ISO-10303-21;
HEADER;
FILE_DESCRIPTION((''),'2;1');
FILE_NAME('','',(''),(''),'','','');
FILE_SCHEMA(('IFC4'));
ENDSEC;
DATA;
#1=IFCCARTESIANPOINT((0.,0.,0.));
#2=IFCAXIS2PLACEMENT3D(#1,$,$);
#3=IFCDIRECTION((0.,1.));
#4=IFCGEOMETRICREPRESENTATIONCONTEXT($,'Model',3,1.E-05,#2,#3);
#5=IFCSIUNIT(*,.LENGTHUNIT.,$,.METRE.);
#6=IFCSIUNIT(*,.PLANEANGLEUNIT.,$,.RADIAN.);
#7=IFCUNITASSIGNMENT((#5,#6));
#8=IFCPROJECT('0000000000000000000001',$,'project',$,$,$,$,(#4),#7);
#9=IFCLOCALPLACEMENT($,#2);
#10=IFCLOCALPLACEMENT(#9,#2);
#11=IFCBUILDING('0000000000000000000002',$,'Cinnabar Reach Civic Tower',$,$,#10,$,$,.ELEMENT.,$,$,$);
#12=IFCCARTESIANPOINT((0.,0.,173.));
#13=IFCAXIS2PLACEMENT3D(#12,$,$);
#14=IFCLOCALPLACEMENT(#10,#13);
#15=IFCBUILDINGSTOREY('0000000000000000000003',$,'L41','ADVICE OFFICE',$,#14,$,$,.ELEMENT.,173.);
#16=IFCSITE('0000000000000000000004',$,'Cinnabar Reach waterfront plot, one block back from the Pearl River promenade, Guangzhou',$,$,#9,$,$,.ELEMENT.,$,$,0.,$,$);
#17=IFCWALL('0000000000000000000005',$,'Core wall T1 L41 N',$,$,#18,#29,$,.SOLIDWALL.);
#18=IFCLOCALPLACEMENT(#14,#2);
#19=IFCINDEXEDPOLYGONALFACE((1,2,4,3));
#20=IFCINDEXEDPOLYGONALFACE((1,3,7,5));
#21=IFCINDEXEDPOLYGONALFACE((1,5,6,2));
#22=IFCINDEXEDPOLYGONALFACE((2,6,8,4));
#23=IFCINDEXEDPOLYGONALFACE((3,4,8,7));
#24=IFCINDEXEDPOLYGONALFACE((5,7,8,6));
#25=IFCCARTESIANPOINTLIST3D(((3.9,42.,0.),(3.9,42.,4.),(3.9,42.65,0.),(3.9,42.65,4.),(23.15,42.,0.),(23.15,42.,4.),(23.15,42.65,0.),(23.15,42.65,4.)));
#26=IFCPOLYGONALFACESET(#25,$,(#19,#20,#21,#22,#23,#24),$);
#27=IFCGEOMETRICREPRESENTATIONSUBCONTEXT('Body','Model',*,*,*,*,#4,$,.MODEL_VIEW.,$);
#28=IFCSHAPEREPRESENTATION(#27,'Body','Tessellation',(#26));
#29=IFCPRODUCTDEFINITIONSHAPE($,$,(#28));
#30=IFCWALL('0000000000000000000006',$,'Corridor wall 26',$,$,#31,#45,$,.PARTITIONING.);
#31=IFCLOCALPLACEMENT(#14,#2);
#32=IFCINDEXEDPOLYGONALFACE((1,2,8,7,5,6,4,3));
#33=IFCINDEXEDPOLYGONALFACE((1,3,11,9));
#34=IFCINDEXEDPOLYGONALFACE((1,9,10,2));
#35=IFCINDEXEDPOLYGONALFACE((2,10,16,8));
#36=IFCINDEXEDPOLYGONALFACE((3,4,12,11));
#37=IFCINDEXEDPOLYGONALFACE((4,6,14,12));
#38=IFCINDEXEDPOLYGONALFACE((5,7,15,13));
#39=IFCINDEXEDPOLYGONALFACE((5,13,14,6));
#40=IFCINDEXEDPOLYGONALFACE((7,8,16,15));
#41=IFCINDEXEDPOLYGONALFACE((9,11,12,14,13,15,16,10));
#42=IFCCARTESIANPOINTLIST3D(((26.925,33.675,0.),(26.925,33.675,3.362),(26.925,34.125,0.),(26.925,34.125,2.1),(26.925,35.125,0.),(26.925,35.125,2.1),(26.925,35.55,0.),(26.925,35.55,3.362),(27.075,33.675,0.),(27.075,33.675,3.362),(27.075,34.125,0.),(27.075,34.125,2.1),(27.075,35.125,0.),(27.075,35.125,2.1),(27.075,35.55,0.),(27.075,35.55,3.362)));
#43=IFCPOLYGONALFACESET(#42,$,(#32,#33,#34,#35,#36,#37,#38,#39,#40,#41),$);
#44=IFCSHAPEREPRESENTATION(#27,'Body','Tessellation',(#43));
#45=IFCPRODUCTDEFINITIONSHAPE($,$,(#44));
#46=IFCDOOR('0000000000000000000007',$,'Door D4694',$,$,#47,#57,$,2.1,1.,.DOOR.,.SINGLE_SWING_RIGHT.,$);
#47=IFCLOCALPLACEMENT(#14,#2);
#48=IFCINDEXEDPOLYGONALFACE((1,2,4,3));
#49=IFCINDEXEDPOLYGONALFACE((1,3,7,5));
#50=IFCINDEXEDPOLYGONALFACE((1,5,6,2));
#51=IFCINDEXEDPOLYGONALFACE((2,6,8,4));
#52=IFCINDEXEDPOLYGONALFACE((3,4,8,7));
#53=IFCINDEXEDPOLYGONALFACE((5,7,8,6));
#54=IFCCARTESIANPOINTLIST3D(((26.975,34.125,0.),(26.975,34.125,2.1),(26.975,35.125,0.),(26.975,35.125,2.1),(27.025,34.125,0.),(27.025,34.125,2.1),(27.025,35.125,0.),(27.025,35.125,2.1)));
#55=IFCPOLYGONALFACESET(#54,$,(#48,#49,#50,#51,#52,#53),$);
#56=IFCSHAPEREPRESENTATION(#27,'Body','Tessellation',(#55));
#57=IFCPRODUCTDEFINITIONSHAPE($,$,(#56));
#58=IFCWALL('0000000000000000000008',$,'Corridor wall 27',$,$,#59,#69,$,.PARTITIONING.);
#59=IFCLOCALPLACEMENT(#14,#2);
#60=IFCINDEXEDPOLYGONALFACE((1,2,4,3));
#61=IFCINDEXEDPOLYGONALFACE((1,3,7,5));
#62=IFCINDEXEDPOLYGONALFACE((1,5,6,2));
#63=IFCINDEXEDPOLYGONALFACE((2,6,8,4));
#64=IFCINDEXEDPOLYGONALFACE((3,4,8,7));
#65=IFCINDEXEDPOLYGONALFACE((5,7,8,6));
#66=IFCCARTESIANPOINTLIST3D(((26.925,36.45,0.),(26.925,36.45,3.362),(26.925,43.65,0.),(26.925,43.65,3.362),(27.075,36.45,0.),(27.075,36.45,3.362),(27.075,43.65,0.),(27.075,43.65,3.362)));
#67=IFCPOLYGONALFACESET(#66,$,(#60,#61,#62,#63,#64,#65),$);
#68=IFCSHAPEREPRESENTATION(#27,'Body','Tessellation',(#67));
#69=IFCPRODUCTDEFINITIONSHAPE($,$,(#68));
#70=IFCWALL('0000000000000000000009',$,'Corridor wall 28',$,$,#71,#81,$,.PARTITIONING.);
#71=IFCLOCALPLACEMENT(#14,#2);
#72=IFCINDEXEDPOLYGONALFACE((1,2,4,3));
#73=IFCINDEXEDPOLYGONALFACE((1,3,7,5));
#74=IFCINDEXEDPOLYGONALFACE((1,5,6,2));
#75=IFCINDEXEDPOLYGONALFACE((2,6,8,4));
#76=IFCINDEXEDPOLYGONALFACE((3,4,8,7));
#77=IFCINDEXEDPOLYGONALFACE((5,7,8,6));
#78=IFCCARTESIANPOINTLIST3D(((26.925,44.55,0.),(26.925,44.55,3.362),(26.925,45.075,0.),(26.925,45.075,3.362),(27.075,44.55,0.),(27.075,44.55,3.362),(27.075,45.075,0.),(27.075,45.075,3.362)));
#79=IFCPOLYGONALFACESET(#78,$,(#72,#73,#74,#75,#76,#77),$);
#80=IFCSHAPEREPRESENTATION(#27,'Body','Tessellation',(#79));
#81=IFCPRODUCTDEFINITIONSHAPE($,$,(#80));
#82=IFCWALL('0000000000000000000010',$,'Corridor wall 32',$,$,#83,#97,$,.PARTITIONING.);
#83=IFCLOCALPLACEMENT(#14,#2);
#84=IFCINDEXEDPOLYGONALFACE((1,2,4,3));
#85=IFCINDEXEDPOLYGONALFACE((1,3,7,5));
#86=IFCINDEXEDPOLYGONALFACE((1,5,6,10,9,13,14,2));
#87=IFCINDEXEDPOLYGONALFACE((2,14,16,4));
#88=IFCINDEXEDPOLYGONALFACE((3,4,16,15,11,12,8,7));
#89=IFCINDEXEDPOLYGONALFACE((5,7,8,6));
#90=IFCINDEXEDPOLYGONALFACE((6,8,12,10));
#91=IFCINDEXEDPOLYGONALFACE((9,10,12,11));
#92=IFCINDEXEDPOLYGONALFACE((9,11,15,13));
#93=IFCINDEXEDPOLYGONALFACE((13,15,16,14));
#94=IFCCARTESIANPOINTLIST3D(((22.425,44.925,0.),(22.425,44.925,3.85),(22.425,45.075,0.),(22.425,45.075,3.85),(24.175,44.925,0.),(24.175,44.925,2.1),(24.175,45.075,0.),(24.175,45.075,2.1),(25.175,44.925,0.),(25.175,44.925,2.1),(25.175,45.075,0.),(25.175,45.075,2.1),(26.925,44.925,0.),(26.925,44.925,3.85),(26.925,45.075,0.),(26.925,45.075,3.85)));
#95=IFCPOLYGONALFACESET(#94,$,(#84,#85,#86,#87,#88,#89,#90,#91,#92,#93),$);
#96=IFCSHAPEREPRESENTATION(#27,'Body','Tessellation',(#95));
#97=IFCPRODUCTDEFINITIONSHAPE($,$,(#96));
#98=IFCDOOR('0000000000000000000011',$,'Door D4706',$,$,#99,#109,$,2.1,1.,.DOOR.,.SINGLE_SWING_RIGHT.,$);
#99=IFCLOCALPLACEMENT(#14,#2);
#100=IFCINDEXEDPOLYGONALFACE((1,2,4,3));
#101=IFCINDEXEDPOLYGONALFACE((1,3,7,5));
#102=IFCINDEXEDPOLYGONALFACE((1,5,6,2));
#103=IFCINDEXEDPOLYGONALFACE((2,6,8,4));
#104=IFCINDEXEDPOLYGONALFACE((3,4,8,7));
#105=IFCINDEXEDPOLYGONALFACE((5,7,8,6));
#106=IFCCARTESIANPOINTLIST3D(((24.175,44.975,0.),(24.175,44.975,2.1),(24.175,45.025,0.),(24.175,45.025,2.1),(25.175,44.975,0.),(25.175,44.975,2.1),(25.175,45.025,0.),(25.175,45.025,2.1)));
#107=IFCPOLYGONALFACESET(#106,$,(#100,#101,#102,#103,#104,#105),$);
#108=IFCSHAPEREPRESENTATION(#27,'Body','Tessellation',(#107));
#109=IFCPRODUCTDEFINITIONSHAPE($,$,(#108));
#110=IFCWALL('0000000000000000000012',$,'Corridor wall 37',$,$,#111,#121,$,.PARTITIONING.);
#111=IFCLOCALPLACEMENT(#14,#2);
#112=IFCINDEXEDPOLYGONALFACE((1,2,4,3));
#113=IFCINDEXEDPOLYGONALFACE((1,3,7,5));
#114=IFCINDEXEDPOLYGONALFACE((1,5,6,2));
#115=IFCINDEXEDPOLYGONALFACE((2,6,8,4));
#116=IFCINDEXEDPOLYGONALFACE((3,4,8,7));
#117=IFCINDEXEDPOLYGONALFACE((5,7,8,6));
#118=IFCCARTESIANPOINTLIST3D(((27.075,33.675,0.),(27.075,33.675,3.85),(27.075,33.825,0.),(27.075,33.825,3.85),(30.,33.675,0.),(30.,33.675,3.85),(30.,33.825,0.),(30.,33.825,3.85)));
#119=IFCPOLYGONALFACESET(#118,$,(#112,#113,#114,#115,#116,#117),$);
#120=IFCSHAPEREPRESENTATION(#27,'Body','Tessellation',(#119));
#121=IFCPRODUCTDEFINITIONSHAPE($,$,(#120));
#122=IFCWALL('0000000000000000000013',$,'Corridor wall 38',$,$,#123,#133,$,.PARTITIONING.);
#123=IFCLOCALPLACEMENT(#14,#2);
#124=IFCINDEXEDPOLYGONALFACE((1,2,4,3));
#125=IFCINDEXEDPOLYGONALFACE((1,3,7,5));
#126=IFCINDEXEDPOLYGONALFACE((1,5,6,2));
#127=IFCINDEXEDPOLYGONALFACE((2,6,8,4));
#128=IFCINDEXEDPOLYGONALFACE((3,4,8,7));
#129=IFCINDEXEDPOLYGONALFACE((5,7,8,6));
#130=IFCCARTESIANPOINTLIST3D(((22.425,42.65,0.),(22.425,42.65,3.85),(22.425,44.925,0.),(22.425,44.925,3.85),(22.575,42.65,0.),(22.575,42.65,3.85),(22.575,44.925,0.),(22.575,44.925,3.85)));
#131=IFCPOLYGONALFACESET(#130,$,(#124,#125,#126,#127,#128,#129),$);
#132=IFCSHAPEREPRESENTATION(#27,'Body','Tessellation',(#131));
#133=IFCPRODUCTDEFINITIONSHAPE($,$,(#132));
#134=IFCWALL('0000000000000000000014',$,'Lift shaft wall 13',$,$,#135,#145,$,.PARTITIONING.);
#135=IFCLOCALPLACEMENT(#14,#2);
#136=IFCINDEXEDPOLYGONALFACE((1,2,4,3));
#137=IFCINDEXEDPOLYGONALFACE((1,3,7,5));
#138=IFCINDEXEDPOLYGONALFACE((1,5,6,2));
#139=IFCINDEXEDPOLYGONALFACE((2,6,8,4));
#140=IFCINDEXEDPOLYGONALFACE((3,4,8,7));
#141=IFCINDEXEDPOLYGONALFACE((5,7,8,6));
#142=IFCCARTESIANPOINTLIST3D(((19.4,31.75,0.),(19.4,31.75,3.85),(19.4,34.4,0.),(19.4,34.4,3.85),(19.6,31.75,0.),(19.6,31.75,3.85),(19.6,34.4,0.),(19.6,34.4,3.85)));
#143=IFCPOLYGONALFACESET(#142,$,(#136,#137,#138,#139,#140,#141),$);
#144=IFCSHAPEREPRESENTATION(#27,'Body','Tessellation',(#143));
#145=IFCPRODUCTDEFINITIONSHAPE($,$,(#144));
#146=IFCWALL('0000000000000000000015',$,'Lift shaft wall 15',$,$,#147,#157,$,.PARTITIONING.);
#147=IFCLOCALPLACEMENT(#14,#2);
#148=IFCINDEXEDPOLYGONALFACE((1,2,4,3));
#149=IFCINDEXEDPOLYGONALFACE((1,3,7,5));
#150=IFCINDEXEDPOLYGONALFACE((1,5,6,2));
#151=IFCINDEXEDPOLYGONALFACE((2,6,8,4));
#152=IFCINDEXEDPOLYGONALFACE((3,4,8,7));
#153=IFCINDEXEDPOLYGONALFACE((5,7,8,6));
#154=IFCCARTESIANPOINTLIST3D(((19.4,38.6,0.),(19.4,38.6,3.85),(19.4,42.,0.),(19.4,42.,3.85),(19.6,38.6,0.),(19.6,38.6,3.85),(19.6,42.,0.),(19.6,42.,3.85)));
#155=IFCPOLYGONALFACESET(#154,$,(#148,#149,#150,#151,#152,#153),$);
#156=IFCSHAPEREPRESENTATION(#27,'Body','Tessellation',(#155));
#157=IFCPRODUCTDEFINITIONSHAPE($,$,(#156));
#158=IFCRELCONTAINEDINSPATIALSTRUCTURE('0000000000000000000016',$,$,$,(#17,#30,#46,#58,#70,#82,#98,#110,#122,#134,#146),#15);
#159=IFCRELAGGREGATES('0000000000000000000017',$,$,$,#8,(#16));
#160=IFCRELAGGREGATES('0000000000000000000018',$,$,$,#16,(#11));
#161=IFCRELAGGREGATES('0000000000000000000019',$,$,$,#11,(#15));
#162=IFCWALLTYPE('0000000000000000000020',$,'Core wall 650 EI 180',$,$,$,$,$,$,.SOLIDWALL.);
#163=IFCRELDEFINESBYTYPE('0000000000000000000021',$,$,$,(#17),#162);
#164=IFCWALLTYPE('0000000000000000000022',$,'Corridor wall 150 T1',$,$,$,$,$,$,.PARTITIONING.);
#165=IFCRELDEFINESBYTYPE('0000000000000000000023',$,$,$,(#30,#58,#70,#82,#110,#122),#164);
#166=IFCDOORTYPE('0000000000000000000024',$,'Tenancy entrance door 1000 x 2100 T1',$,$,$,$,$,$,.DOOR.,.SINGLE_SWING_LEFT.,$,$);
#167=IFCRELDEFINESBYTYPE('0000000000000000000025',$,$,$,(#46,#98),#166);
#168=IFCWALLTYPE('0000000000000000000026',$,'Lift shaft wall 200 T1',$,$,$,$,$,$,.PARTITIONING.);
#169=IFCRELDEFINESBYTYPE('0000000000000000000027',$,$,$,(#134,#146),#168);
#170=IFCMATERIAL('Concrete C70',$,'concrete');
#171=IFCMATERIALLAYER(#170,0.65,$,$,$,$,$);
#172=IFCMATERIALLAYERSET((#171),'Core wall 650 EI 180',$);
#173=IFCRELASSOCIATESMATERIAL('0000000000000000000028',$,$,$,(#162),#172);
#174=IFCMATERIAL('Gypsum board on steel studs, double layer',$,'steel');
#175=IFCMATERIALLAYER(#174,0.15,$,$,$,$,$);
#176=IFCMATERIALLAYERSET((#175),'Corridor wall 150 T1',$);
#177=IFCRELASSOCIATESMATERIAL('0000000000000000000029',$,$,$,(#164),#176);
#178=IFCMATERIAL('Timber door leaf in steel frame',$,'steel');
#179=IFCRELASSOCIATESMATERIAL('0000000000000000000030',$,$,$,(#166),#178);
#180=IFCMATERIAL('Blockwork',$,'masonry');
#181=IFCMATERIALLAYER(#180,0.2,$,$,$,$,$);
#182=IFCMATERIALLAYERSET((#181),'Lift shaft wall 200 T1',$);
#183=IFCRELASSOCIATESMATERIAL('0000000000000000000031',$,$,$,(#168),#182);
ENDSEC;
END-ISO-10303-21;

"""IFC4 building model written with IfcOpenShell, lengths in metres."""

from ifc_helpers import new_model, si_unit, direction, frame, frame_2d, origin, place, context, subcontext, project, spatial, rectangle, extrude, material, layer, layer_set, type_object, element, fill, save


model = new_model("IFC4")

# Units and contexts
model_context = context("Model", 3, precision=1e-05, world=origin(), true_north=direction((0.0, 1.0)))
body_context = subcontext(model_context, "Body", "Model", "MODEL_VIEW")
ifc_project = project(units=[si_unit("LENGTHUNIT", "METRE"), si_unit("PLANEANGLEUNIT", "RADIAN")], contexts=[model_context])

# Site, building, storey
site_placement = place(None, origin())
site = spatial("IfcSite", under=ifc_project, at=site_placement, Name="Cinnabar Reach waterfront plot, one block back from the Pearl River promenade, Guangzhou", CompositionType="ELEMENT", RefElevation=0.0)
building_placement = place(site_placement, origin())
building = spatial("IfcBuilding", under=site, at=building_placement, Name="Cinnabar Reach Civic Tower", CompositionType="ELEMENT")
storey_placement = place(building_placement, frame((0.0, 0.0, 173.0)))
storey = spatial("IfcBuildingStorey", under=building, at=storey_placement, Name="L41", Description="ADVICE OFFICE", CompositionType="ELEMENT", Elevation=173.0)

# Shared definitions
ifc_material_1 = material(Name="Concrete C70", Category="concrete")

# Wall
ifc_layer_1 = layer(ifc_material_1, 0.65)
ifc_layer_set_1 = layer_set([ifc_layer_1], Name="Core wall 650 EI 180")
wall_type_1 = type_object("IfcWallType", Name="Core wall 650 EI 180", PredefinedType="SOLIDWALL", material=ifc_layer_set_1)
wall_1_placement = place(storey_placement, frame((23.15, 42.325, 0.0), z_axis=(0.0, 0.0, 1.0), x_axis=(-1.0, 0.0, 0.0)))
element("IfcWall", 1, at=wall_1_placement, inside=storey, type_object=wall_type_1, Name="Core wall T1 L41 N", PredefinedType="SOLIDWALL", context=body_context, shape_type="SweptSolid", body=[
    extrude(rectangle(XDim=19.25, YDim=0.65, at=frame_2d((9.625, 0.0))), origin(), (0.0, 0.0, 1.0), 4.0),
])

# Wall, opening, door
ifc_material_2 = material(Name="Gypsum board on steel studs, double layer", Category="steel")
ifc_layer_2 = layer(ifc_material_2, 0.15)
ifc_layer_set_2 = layer_set([ifc_layer_2], Name="Corridor wall 150 T1")
wall_type_2 = type_object("IfcWallType", Name="Corridor wall 150 T1", PredefinedType="PARTITIONING", material=ifc_layer_set_2)
wall_2_placement = place(storey_placement, frame((27.0, 33.675, 0.0), z_axis=(0.0, 0.0, 1.0), x_axis=(0.0, 1.0, 0.0)))
wall_2 = element("IfcWall", 2, at=wall_2_placement, inside=storey, type_object=wall_type_2, Name="Corridor wall 26", PredefinedType="PARTITIONING", context=body_context, shape_type="SweptSolid", body=[
    extrude(rectangle(XDim=1.875, YDim=0.15, at=frame_2d((0.9375, 0.0))), origin(), (0.0, 0.0, 1.0), 3.362),
])
opening_1_placement = place(wall_2_placement, frame((0.45, 0.0, 0.0)))
opening_1 = element("IfcOpeningElement", 3, at=opening_1_placement, cuts=wall_2, PredefinedType="OPENING", context=body_context, shape_type="SweptSolid", body=[
    extrude(rectangle(XDim=1.0, YDim=2.1, at=frame_2d((0.5, 1.05))), frame((0.0, 0.085, 0.0), z_axis=(0.0, -1.0, 0.0), x_axis=(1.0, 0.0, 0.0)), (0.0, 0.0, 1.0), 0.17),
])
ifc_material_3 = material(Name="Timber door leaf in steel frame", Category="steel")
door_type_1 = type_object("IfcDoorType", Name="Tenancy entrance door 1000 x 2100 T1", OperationType="SINGLE_SWING_LEFT", PredefinedType="DOOR", material=ifc_material_3)
door_1_placement = place(opening_1_placement, frame((1.0, 0.0, 0.0), z_axis=(0.0, 0.0, 1.0), x_axis=(-1.0, 0.0, 0.0)))
door_1 = element("IfcDoor", 4, at=door_1_placement, inside=storey, type_object=door_type_1, Name="Door D4694", OperationType="SINGLE_SWING_RIGHT", OverallHeight=2.1, OverallWidth=1.0, PredefinedType="DOOR", context=body_context, shape_type="SweptSolid", body=[
    extrude(rectangle(XDim=1.0, YDim=2.1, at=frame_2d((0.5, 1.05))), frame((0.0, 0.025, 0.0), z_axis=(0.0, -1.0, 0.0), x_axis=(1.0, 0.0, 0.0)), (0.0, 0.0, 1.0), 0.05),
])
fill(opening_1, door_1)

# Walls
wall_3_placement = place(storey_placement, frame((27.0, 36.45, 0.0), z_axis=(0.0, 0.0, 1.0), x_axis=(0.0, 1.0, 0.0)))
element("IfcWall", 5, at=wall_3_placement, inside=storey, type_object=wall_type_2, Name="Corridor wall 27", PredefinedType="PARTITIONING", context=body_context, shape_type="SweptSolid", body=[
    extrude(rectangle(XDim=7.2, YDim=0.15, at=frame_2d((3.6, 0.0))), origin(), (0.0, 0.0, 1.0), 3.362),
])
wall_4_placement = place(storey_placement, frame((27.0, 44.55, 0.0), z_axis=(0.0, 0.0, 1.0), x_axis=(0.0, 1.0, 0.0)))
element("IfcWall", 6, at=wall_4_placement, inside=storey, type_object=wall_type_2, Name="Corridor wall 28", PredefinedType="PARTITIONING", context=body_context, shape_type="SweptSolid", body=[
    extrude(rectangle(XDim=0.525, YDim=0.15, at=frame_2d((0.2625, 0.0))), origin(), (0.0, 0.0, 1.0), 3.362),
])

# Wall, opening, door
wall_5_placement = place(storey_placement, frame((22.425, 45.0, 0.0), z_axis=(0.0, 0.0, 1.0), x_axis=(1.0, 0.0, 0.0)))
wall_5 = element("IfcWall", 7, at=wall_5_placement, inside=storey, type_object=wall_type_2, Name="Corridor wall 32", PredefinedType="PARTITIONING", context=body_context, shape_type="SweptSolid", body=[
    extrude(rectangle(XDim=4.5, YDim=0.15, at=frame_2d((2.25, 0.0))), origin(), (0.0, 0.0, 1.0), 3.85),
])
opening_2_placement = place(wall_5_placement, frame((1.75, 0.0, 0.0)))
opening_2 = element("IfcOpeningElement", 8, at=opening_2_placement, cuts=wall_5, PredefinedType="OPENING", context=body_context, shape_type="SweptSolid", body=[
    extrude(rectangle(XDim=1.0, YDim=2.1, at=frame_2d((0.5, 1.05))), frame((0.0, 0.085, 0.0), z_axis=(0.0, -1.0, 0.0), x_axis=(1.0, 0.0, 0.0)), (0.0, 0.0, 1.0), 0.17),
])
door_2_placement = place(opening_2_placement, frame((1.0, 0.0, 0.0), z_axis=(0.0, 0.0, 1.0), x_axis=(-1.0, 0.0, 0.0)))
door_2 = element("IfcDoor", 9, at=door_2_placement, inside=storey, type_object=door_type_1, Name="Door D4706", OperationType="SINGLE_SWING_RIGHT", OverallHeight=2.1, OverallWidth=1.0, PredefinedType="DOOR", context=body_context, shape_type="SweptSolid", body=[
    extrude(rectangle(XDim=1.0, YDim=2.1, at=frame_2d((0.5, 1.05))), frame((0.0, 0.025, 0.0), z_axis=(0.0, -1.0, 0.0), x_axis=(1.0, 0.0, 0.0)), (0.0, 0.0, 1.0), 0.05),
])
fill(opening_2, door_2)

# Walls
wall_6_placement = place(storey_placement, frame((27.075, 33.75, 0.0), z_axis=(0.0, 0.0, 1.0), x_axis=(1.0, 0.0, 0.0)))
element("IfcWall", 10, at=wall_6_placement, inside=storey, type_object=wall_type_2, Name="Corridor wall 37", PredefinedType="PARTITIONING", context=body_context, shape_type="SweptSolid", body=[
    extrude(rectangle(XDim=2.925, YDim=0.15, at=frame_2d((1.4625, 0.0))), origin(), (0.0, 0.0, 1.0), 3.85),
])
wall_7_placement = place(storey_placement, frame((22.5, 42.65, 0.0), z_axis=(0.0, 0.0, 1.0), x_axis=(0.0, 1.0, 0.0)))
element("IfcWall", 11, at=wall_7_placement, inside=storey, type_object=wall_type_2, Name="Corridor wall 38", PredefinedType="PARTITIONING", context=body_context, shape_type="SweptSolid", body=[
    extrude(rectangle(XDim=2.275, YDim=0.15, at=frame_2d((1.1375, 0.0))), origin(), (0.0, 0.0, 1.0), 3.85),
])
ifc_material_4 = material(Name="Blockwork", Category="masonry")
ifc_layer_3 = layer(ifc_material_4, 0.2)
ifc_layer_set_3 = layer_set([ifc_layer_3], Name="Lift shaft wall 200 T1")
wall_type_3 = type_object("IfcWallType", Name="Lift shaft wall 200 T1", PredefinedType="PARTITIONING", material=ifc_layer_set_3)
wall_8_placement = place(storey_placement, frame((19.5, 31.75, 0.0), z_axis=(0.0, 0.0, 1.0), x_axis=(0.0, 1.0, 0.0)))
element("IfcWall", 12, at=wall_8_placement, inside=storey, type_object=wall_type_3, Name="Lift shaft wall 13", PredefinedType="PARTITIONING", context=body_context, shape_type="SweptSolid", body=[
    extrude(rectangle(XDim=2.65, YDim=0.2, at=frame_2d((1.325, 0.0))), origin(), (0.0, 0.0, 1.0), 3.85),
])
wall_9_placement = place(storey_placement, frame((19.5, 38.6, 0.0), z_axis=(0.0, 0.0, 1.0), x_axis=(0.0, 1.0, 0.0)))
element("IfcWall", 13, at=wall_9_placement, inside=storey, type_object=wall_type_3, Name="Lift shaft wall 15", PredefinedType="PARTITIONING", context=body_context, shape_type="SweptSolid", body=[
    extrude(rectangle(XDim=3.4, YDim=0.2, at=frame_2d((1.7, 0.0))), origin(), (0.0, 0.0, 1.0), 3.85),
])

save(model, "model.ifc")
